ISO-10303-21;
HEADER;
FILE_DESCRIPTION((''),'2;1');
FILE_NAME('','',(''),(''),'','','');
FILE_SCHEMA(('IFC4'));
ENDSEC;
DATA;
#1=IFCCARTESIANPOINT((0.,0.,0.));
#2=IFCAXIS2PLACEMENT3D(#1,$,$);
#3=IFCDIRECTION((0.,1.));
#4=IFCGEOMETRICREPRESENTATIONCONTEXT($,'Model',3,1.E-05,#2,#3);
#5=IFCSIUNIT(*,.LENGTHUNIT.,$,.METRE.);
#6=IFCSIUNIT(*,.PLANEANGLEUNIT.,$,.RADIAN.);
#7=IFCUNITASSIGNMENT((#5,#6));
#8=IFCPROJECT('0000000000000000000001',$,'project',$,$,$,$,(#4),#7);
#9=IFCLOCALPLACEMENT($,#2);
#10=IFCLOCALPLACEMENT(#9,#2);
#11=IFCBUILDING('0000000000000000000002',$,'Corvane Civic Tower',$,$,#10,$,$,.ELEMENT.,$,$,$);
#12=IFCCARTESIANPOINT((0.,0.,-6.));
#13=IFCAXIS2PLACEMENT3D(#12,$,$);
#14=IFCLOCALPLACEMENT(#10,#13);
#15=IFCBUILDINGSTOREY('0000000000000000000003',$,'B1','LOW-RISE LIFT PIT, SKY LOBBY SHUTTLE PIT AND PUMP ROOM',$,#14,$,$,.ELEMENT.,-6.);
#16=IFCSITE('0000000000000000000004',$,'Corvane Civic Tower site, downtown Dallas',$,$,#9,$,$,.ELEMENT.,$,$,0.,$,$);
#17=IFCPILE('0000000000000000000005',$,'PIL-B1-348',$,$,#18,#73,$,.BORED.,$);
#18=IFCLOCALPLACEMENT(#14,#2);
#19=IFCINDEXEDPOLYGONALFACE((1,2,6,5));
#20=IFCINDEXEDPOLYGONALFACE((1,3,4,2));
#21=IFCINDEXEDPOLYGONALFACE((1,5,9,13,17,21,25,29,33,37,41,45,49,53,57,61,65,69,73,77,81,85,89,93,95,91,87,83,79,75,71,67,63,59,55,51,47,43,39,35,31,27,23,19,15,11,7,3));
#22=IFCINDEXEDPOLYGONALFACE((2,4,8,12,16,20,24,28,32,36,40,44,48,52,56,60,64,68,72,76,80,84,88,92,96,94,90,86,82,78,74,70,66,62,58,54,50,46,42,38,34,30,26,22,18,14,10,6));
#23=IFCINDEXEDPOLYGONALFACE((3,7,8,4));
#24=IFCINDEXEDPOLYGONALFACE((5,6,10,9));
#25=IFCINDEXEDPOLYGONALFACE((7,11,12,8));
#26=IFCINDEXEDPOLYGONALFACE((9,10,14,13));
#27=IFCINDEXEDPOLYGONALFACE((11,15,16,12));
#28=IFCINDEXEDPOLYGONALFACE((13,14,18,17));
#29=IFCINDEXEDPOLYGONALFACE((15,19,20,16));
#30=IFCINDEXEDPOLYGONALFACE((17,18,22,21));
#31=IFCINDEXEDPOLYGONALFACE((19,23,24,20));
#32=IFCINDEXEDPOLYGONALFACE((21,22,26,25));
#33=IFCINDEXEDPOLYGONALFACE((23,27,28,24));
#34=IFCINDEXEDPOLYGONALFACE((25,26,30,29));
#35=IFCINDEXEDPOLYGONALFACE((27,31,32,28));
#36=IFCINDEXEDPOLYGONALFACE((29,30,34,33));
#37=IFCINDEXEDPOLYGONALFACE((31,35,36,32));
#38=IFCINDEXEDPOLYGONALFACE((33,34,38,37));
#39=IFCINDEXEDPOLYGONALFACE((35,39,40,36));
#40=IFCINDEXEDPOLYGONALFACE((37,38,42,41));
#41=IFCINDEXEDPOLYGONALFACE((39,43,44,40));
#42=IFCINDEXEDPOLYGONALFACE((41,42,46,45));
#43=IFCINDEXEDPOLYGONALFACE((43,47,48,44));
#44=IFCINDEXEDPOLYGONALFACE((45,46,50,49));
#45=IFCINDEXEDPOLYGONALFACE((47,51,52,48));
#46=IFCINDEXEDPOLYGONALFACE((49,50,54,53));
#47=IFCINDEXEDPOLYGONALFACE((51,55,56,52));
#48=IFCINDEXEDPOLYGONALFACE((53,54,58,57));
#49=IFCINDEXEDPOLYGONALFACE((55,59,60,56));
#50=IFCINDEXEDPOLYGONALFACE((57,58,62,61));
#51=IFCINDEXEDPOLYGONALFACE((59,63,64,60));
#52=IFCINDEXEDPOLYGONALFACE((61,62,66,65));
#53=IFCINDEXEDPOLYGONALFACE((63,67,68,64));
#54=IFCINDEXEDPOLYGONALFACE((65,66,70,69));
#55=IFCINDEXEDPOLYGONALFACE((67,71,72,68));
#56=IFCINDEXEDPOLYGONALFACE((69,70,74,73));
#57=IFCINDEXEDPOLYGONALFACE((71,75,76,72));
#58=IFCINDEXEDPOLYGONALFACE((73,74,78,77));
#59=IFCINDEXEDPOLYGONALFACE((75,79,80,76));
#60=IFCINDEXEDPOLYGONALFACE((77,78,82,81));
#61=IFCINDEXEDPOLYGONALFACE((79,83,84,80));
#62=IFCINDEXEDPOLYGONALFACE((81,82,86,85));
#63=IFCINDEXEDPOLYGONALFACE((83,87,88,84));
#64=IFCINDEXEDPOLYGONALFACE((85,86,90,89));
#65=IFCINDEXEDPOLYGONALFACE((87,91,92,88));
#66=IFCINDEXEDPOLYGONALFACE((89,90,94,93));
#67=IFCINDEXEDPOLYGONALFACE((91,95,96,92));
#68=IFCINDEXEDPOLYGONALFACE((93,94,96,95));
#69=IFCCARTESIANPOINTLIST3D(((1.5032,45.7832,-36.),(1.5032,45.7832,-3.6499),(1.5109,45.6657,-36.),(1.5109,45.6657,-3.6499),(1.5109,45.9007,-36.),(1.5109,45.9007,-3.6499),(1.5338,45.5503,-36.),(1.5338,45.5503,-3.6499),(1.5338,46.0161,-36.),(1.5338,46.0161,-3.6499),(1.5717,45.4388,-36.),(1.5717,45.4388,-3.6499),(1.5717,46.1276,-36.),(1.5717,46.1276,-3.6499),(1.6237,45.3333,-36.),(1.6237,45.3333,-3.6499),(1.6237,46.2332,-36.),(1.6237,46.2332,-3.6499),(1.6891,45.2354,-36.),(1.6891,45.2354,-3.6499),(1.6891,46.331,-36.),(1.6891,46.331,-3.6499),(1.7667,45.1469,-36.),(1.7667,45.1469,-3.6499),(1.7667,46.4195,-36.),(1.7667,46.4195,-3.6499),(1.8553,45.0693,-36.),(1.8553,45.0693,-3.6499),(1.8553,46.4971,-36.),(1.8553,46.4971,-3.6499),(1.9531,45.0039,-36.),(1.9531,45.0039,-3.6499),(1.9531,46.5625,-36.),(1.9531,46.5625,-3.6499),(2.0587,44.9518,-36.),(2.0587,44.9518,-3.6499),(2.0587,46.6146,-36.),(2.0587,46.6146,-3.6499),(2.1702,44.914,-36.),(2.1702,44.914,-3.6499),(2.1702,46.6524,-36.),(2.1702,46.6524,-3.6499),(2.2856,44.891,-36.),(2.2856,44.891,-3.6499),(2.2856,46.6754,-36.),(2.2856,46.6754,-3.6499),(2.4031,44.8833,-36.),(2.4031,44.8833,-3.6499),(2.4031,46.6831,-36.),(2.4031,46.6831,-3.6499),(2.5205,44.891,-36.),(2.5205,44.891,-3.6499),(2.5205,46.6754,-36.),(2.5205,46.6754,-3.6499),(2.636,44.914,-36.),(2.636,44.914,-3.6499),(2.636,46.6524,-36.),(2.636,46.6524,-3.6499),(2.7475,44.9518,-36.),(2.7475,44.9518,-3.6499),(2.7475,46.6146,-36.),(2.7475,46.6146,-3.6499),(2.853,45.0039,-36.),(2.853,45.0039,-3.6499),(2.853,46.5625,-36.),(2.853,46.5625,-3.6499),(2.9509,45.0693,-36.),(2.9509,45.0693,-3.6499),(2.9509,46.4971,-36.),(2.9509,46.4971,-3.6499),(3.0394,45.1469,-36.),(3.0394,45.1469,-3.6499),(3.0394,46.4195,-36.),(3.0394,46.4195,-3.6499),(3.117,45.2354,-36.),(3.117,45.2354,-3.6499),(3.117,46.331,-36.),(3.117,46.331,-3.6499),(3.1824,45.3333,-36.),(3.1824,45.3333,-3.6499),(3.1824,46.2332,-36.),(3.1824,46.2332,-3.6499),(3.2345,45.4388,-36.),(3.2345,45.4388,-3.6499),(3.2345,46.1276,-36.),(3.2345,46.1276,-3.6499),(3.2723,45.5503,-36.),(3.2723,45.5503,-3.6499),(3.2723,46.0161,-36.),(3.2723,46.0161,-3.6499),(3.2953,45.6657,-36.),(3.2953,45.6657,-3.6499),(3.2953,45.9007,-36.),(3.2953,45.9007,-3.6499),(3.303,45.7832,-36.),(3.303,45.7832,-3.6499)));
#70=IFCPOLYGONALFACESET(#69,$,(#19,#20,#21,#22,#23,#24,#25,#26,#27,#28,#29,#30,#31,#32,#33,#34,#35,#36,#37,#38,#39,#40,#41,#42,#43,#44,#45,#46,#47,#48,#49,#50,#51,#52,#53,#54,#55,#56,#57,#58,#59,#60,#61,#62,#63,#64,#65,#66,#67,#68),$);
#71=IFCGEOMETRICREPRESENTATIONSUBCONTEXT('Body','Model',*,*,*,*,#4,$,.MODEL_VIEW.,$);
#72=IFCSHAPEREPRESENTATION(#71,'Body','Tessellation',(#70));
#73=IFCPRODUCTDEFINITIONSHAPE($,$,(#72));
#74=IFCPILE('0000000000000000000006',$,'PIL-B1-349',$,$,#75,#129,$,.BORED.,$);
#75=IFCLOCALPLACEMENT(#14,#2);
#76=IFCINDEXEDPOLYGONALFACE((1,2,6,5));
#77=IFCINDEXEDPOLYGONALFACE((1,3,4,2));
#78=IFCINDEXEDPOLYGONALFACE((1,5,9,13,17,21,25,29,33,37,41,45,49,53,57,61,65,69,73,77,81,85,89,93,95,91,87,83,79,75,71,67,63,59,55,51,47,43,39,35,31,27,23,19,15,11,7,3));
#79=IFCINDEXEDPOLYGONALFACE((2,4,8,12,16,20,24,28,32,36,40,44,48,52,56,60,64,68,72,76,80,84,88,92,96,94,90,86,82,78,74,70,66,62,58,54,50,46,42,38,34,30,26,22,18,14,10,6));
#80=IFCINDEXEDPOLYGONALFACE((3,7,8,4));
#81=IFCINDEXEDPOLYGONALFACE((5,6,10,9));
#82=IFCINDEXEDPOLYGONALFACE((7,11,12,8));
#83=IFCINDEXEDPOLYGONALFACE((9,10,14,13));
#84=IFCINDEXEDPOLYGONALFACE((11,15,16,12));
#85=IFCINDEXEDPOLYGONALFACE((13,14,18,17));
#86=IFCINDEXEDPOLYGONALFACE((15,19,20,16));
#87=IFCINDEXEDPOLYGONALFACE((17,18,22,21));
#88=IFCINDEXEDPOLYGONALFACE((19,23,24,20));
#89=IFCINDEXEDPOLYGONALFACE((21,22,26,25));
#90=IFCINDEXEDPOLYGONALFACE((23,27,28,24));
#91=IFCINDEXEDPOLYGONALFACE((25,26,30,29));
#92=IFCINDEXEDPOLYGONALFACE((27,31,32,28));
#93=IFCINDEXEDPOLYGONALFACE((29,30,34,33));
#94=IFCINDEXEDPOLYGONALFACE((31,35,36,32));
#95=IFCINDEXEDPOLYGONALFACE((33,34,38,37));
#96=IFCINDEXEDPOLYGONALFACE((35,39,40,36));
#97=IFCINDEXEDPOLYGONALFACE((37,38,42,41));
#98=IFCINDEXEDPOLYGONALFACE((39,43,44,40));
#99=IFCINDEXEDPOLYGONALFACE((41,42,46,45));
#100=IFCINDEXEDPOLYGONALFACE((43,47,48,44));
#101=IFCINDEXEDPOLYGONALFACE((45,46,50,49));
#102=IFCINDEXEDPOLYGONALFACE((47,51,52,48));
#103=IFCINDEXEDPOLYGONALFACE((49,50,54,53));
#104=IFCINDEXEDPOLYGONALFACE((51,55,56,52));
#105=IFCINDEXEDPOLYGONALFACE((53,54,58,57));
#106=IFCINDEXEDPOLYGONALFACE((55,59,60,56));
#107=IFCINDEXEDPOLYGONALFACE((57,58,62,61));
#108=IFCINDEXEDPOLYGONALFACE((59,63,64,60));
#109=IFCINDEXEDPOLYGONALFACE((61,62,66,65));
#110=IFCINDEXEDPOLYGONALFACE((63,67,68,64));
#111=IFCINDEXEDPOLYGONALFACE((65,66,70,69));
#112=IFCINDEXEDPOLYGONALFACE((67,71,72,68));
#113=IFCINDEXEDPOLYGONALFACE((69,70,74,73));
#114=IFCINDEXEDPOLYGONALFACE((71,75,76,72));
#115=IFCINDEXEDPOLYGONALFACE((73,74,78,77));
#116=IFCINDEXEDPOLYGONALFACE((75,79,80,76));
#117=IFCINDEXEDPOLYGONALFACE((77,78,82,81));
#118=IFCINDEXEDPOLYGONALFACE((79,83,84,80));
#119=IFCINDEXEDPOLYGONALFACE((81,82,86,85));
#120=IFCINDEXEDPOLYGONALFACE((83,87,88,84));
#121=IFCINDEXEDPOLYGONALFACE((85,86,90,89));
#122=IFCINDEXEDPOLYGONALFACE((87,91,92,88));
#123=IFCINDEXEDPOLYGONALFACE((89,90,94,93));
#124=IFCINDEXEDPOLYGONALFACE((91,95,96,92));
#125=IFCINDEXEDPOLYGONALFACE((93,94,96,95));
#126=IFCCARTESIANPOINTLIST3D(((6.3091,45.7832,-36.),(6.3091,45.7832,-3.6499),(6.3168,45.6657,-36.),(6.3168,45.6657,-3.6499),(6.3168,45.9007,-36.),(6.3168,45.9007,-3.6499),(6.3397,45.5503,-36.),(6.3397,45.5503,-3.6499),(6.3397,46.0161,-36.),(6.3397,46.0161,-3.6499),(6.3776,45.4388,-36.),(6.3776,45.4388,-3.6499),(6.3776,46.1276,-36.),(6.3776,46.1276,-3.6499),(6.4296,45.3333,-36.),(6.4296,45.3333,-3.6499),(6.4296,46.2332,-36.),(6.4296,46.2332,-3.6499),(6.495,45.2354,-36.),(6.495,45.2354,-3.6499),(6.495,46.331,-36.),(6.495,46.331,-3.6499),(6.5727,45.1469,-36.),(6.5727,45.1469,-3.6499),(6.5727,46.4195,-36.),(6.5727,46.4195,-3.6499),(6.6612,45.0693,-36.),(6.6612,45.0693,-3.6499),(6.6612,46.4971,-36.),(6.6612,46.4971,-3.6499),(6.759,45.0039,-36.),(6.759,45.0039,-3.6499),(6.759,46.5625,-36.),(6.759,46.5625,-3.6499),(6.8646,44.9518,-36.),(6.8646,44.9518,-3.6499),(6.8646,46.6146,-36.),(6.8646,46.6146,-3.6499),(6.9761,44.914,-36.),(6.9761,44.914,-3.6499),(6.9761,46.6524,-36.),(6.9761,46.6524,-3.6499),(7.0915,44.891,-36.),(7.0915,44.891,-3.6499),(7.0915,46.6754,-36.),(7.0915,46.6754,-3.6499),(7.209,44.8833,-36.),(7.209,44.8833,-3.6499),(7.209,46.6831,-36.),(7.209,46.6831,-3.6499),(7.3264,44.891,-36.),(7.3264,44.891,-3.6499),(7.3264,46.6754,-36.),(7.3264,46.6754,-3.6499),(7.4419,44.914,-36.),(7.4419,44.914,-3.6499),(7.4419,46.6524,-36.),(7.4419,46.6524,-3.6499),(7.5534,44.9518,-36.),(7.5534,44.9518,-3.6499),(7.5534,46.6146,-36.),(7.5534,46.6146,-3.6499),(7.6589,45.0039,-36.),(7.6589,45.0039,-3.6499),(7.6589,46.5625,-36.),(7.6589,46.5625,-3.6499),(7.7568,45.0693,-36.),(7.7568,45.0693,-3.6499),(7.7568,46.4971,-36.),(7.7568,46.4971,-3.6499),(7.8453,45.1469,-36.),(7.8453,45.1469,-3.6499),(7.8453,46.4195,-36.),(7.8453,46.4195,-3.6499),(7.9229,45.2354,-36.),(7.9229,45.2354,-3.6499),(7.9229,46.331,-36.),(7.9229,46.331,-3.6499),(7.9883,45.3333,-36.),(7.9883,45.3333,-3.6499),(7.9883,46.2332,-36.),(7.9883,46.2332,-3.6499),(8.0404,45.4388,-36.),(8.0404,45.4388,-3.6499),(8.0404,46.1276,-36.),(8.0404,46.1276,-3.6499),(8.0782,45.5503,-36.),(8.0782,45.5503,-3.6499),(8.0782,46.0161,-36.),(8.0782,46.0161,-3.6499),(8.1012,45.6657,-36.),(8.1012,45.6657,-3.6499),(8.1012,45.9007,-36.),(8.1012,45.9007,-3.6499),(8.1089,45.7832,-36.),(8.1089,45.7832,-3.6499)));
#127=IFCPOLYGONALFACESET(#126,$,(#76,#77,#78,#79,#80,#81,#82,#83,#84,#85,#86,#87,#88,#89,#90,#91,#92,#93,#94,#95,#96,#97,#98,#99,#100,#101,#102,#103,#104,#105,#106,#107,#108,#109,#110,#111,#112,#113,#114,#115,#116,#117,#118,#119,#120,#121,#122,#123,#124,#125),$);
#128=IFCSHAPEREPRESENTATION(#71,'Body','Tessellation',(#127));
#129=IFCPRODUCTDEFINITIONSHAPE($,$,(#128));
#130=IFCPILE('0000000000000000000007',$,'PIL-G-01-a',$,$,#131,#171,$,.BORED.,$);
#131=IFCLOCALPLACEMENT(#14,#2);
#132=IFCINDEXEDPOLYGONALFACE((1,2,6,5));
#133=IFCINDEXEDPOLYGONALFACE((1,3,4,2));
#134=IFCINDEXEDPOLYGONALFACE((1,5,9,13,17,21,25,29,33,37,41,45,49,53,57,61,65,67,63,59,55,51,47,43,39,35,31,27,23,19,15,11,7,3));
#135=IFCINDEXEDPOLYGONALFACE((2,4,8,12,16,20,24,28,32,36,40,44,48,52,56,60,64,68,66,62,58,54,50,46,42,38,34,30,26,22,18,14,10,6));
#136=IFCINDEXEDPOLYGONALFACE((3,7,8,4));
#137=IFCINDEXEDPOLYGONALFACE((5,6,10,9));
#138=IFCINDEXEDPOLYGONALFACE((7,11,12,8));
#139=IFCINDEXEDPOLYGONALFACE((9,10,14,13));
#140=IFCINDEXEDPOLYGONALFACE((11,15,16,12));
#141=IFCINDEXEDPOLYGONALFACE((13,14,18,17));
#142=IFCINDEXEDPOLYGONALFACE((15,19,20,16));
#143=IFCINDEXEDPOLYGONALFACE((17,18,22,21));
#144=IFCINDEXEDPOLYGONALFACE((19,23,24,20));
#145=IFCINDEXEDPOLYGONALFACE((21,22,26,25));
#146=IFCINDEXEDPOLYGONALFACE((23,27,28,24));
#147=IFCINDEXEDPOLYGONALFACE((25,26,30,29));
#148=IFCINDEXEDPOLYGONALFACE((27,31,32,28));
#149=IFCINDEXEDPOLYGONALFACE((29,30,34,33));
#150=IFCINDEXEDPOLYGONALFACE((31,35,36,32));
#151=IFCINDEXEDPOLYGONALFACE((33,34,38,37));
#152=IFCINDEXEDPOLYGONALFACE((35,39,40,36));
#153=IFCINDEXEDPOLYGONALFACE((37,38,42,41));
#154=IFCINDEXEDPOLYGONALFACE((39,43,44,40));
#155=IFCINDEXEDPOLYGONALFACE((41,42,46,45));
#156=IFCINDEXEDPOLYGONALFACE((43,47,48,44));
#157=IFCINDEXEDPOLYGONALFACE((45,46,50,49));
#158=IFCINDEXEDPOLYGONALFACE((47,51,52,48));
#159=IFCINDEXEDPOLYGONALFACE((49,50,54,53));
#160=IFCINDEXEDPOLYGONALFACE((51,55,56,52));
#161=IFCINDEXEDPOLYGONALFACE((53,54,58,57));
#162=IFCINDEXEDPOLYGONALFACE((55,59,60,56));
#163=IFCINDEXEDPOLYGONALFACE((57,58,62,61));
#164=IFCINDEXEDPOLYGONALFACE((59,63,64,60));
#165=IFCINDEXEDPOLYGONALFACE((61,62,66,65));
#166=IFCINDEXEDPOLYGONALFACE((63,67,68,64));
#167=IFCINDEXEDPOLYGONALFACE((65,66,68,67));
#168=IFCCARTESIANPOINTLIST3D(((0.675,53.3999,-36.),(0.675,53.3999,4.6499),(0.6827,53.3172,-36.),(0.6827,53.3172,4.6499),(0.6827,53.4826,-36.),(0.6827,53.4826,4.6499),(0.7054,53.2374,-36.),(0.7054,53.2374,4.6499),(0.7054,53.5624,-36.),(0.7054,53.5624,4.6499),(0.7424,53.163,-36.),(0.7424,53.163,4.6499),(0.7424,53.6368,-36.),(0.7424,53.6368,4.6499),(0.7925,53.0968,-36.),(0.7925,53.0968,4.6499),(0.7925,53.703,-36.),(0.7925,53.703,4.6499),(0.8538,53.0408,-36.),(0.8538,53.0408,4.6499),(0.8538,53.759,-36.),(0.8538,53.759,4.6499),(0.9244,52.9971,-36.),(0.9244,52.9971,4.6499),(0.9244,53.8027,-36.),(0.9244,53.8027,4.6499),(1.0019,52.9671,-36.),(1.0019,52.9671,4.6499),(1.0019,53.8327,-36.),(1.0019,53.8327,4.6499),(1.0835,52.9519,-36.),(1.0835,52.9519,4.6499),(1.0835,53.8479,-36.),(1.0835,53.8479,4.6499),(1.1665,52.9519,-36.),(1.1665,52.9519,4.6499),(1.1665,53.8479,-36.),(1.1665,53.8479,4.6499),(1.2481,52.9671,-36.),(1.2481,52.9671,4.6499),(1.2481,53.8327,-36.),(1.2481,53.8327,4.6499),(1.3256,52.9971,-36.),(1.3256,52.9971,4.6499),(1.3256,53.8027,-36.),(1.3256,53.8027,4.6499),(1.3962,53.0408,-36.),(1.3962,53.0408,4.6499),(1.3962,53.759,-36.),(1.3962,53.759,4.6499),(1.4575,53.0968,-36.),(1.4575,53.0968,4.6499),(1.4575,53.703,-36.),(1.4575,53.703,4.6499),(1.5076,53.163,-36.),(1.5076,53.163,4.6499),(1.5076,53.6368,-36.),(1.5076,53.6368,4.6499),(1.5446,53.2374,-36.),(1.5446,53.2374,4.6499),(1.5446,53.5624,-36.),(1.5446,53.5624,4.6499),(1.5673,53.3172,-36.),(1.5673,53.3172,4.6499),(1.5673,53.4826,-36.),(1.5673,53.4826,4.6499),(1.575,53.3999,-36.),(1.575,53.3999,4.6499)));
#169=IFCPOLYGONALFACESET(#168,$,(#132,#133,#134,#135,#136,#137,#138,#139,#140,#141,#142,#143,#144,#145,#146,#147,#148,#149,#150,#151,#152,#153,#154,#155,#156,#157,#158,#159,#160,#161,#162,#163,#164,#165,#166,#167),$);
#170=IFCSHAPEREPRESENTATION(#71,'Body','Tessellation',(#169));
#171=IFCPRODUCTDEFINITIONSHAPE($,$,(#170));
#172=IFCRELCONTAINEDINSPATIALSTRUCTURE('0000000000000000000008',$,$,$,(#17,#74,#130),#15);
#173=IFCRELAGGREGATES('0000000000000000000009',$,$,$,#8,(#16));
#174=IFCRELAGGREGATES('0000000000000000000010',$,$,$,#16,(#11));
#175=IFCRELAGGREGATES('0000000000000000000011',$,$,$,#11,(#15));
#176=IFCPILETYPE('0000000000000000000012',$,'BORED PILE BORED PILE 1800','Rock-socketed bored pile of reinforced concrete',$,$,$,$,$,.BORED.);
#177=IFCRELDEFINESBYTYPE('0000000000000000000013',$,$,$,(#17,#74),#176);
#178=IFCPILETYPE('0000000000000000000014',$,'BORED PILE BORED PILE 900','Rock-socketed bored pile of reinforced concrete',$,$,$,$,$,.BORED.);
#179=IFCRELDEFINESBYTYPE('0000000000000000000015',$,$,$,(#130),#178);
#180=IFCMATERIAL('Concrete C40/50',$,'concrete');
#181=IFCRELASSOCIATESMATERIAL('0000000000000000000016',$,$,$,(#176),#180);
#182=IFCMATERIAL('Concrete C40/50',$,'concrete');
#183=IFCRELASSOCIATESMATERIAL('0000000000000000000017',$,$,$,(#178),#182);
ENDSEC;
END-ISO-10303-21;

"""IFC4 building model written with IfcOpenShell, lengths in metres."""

from ifc_helpers import new_model, si_unit, direction, frame, origin, origin_2d, place, context, subcontext, project, spatial, circle, extrude, material, material_profile, profile_set, type_object, element, save


model = new_model("IFC4")

# Units and contexts
model_context = context("Model", 3, precision=1e-05, world=origin(), true_north=direction((0.0, 1.0)))
body_context = subcontext(model_context, "Body", "Model", "MODEL_VIEW")
ifc_project = project(units=[si_unit("LENGTHUNIT", "METRE"), si_unit("PLANEANGLEUNIT", "RADIAN")], contexts=[model_context])

# Site, building, storey
site_placement = place(None, origin())
site = spatial("IfcSite", under=ifc_project, at=site_placement, Name="Corvane Civic Tower site, downtown Dallas", CompositionType="ELEMENT", RefElevation=0.0)
building_placement = place(site_placement, origin())
building = spatial("IfcBuilding", under=site, at=building_placement, Name="Corvane Civic Tower", CompositionType="ELEMENT")
storey_placement = place(building_placement, frame((0.0, 0.0, -6.0)))
storey = spatial("IfcBuildingStorey", under=building, at=storey_placement, Name="B1", Description="LOW-RISE LIFT PIT, SKY LOBBY SHUTTLE PIT AND PUMP ROOM", CompositionType="ELEMENT", Elevation=-6.0)

# Piles
ifc_material_1 = material(Name="Concrete C40/50", Category="concrete")
ifc_material_profile_1 = material_profile(ifc_material_1, circle(Radius=0.8999, at=origin_2d()), Name="BORED PILE 1800")
ifc_profile_set_1 = profile_set([ifc_material_profile_1], Name="Concrete C40/50")
pile_type_1 = type_object("IfcPileType", Name="BORED PILE BORED PILE 1800", Description="Rock-socketed bored pile of reinforced concrete", PredefinedType="BORED", material=ifc_profile_set_1)
for number, where, z_axis, x_axis, name in (
    (1, (2.4031, 45.7832, -3.6499), (0.0, 0.0, -1.0), (1.0, 0.0, 0.0), "PIL-B1-348"),
    (2, (7.209, 45.7832, -3.6499), (0.0, 0.0, -1.0), (1.0, 0.0, 0.0), "PIL-B1-349"),
):
    element("IfcPile", number, at=place(storey_placement, frame(where, z_axis=z_axis, x_axis=x_axis)), inside=storey, type_object=pile_type_1, Name=name, PredefinedType="BORED", context=body_context, shape_type="SweptSolid", body=[
        extrude(circle(Radius=0.8999, at=origin_2d()), origin(), (0.0, 0.0, 1.0), 32.3501),
    ])
ifc_material_2 = material(Name="Concrete C40/50", Category="concrete")
ifc_material_profile_2 = material_profile(ifc_material_2, circle(Radius=0.45, at=origin_2d()), Name="BORED PILE 900")
ifc_profile_set_2 = profile_set([ifc_material_profile_2], Name="Concrete C40/50")
pile_type_2 = type_object("IfcPileType", Name="BORED PILE BORED PILE 900", Description="Rock-socketed bored pile of reinforced concrete", PredefinedType="BORED", material=ifc_profile_set_2)
for number, where, z_axis, x_axis, name in (
    (3, (1.125, 53.3999, 4.6499), (0.0, 0.0, -1.0), (1.0, 0.0, 0.0), "PIL-G-01-a"),
):
    element("IfcPile", number, at=place(storey_placement, frame(where, z_axis=z_axis, x_axis=x_axis)), inside=storey, type_object=pile_type_2, Name=name, PredefinedType="BORED", context=body_context, shape_type="SweptSolid", body=[
        extrude(circle(Radius=0.45, at=origin_2d()), origin(), (0.0, 0.0, 1.0), 40.6499),
    ])

save(model, "model.ifc")
